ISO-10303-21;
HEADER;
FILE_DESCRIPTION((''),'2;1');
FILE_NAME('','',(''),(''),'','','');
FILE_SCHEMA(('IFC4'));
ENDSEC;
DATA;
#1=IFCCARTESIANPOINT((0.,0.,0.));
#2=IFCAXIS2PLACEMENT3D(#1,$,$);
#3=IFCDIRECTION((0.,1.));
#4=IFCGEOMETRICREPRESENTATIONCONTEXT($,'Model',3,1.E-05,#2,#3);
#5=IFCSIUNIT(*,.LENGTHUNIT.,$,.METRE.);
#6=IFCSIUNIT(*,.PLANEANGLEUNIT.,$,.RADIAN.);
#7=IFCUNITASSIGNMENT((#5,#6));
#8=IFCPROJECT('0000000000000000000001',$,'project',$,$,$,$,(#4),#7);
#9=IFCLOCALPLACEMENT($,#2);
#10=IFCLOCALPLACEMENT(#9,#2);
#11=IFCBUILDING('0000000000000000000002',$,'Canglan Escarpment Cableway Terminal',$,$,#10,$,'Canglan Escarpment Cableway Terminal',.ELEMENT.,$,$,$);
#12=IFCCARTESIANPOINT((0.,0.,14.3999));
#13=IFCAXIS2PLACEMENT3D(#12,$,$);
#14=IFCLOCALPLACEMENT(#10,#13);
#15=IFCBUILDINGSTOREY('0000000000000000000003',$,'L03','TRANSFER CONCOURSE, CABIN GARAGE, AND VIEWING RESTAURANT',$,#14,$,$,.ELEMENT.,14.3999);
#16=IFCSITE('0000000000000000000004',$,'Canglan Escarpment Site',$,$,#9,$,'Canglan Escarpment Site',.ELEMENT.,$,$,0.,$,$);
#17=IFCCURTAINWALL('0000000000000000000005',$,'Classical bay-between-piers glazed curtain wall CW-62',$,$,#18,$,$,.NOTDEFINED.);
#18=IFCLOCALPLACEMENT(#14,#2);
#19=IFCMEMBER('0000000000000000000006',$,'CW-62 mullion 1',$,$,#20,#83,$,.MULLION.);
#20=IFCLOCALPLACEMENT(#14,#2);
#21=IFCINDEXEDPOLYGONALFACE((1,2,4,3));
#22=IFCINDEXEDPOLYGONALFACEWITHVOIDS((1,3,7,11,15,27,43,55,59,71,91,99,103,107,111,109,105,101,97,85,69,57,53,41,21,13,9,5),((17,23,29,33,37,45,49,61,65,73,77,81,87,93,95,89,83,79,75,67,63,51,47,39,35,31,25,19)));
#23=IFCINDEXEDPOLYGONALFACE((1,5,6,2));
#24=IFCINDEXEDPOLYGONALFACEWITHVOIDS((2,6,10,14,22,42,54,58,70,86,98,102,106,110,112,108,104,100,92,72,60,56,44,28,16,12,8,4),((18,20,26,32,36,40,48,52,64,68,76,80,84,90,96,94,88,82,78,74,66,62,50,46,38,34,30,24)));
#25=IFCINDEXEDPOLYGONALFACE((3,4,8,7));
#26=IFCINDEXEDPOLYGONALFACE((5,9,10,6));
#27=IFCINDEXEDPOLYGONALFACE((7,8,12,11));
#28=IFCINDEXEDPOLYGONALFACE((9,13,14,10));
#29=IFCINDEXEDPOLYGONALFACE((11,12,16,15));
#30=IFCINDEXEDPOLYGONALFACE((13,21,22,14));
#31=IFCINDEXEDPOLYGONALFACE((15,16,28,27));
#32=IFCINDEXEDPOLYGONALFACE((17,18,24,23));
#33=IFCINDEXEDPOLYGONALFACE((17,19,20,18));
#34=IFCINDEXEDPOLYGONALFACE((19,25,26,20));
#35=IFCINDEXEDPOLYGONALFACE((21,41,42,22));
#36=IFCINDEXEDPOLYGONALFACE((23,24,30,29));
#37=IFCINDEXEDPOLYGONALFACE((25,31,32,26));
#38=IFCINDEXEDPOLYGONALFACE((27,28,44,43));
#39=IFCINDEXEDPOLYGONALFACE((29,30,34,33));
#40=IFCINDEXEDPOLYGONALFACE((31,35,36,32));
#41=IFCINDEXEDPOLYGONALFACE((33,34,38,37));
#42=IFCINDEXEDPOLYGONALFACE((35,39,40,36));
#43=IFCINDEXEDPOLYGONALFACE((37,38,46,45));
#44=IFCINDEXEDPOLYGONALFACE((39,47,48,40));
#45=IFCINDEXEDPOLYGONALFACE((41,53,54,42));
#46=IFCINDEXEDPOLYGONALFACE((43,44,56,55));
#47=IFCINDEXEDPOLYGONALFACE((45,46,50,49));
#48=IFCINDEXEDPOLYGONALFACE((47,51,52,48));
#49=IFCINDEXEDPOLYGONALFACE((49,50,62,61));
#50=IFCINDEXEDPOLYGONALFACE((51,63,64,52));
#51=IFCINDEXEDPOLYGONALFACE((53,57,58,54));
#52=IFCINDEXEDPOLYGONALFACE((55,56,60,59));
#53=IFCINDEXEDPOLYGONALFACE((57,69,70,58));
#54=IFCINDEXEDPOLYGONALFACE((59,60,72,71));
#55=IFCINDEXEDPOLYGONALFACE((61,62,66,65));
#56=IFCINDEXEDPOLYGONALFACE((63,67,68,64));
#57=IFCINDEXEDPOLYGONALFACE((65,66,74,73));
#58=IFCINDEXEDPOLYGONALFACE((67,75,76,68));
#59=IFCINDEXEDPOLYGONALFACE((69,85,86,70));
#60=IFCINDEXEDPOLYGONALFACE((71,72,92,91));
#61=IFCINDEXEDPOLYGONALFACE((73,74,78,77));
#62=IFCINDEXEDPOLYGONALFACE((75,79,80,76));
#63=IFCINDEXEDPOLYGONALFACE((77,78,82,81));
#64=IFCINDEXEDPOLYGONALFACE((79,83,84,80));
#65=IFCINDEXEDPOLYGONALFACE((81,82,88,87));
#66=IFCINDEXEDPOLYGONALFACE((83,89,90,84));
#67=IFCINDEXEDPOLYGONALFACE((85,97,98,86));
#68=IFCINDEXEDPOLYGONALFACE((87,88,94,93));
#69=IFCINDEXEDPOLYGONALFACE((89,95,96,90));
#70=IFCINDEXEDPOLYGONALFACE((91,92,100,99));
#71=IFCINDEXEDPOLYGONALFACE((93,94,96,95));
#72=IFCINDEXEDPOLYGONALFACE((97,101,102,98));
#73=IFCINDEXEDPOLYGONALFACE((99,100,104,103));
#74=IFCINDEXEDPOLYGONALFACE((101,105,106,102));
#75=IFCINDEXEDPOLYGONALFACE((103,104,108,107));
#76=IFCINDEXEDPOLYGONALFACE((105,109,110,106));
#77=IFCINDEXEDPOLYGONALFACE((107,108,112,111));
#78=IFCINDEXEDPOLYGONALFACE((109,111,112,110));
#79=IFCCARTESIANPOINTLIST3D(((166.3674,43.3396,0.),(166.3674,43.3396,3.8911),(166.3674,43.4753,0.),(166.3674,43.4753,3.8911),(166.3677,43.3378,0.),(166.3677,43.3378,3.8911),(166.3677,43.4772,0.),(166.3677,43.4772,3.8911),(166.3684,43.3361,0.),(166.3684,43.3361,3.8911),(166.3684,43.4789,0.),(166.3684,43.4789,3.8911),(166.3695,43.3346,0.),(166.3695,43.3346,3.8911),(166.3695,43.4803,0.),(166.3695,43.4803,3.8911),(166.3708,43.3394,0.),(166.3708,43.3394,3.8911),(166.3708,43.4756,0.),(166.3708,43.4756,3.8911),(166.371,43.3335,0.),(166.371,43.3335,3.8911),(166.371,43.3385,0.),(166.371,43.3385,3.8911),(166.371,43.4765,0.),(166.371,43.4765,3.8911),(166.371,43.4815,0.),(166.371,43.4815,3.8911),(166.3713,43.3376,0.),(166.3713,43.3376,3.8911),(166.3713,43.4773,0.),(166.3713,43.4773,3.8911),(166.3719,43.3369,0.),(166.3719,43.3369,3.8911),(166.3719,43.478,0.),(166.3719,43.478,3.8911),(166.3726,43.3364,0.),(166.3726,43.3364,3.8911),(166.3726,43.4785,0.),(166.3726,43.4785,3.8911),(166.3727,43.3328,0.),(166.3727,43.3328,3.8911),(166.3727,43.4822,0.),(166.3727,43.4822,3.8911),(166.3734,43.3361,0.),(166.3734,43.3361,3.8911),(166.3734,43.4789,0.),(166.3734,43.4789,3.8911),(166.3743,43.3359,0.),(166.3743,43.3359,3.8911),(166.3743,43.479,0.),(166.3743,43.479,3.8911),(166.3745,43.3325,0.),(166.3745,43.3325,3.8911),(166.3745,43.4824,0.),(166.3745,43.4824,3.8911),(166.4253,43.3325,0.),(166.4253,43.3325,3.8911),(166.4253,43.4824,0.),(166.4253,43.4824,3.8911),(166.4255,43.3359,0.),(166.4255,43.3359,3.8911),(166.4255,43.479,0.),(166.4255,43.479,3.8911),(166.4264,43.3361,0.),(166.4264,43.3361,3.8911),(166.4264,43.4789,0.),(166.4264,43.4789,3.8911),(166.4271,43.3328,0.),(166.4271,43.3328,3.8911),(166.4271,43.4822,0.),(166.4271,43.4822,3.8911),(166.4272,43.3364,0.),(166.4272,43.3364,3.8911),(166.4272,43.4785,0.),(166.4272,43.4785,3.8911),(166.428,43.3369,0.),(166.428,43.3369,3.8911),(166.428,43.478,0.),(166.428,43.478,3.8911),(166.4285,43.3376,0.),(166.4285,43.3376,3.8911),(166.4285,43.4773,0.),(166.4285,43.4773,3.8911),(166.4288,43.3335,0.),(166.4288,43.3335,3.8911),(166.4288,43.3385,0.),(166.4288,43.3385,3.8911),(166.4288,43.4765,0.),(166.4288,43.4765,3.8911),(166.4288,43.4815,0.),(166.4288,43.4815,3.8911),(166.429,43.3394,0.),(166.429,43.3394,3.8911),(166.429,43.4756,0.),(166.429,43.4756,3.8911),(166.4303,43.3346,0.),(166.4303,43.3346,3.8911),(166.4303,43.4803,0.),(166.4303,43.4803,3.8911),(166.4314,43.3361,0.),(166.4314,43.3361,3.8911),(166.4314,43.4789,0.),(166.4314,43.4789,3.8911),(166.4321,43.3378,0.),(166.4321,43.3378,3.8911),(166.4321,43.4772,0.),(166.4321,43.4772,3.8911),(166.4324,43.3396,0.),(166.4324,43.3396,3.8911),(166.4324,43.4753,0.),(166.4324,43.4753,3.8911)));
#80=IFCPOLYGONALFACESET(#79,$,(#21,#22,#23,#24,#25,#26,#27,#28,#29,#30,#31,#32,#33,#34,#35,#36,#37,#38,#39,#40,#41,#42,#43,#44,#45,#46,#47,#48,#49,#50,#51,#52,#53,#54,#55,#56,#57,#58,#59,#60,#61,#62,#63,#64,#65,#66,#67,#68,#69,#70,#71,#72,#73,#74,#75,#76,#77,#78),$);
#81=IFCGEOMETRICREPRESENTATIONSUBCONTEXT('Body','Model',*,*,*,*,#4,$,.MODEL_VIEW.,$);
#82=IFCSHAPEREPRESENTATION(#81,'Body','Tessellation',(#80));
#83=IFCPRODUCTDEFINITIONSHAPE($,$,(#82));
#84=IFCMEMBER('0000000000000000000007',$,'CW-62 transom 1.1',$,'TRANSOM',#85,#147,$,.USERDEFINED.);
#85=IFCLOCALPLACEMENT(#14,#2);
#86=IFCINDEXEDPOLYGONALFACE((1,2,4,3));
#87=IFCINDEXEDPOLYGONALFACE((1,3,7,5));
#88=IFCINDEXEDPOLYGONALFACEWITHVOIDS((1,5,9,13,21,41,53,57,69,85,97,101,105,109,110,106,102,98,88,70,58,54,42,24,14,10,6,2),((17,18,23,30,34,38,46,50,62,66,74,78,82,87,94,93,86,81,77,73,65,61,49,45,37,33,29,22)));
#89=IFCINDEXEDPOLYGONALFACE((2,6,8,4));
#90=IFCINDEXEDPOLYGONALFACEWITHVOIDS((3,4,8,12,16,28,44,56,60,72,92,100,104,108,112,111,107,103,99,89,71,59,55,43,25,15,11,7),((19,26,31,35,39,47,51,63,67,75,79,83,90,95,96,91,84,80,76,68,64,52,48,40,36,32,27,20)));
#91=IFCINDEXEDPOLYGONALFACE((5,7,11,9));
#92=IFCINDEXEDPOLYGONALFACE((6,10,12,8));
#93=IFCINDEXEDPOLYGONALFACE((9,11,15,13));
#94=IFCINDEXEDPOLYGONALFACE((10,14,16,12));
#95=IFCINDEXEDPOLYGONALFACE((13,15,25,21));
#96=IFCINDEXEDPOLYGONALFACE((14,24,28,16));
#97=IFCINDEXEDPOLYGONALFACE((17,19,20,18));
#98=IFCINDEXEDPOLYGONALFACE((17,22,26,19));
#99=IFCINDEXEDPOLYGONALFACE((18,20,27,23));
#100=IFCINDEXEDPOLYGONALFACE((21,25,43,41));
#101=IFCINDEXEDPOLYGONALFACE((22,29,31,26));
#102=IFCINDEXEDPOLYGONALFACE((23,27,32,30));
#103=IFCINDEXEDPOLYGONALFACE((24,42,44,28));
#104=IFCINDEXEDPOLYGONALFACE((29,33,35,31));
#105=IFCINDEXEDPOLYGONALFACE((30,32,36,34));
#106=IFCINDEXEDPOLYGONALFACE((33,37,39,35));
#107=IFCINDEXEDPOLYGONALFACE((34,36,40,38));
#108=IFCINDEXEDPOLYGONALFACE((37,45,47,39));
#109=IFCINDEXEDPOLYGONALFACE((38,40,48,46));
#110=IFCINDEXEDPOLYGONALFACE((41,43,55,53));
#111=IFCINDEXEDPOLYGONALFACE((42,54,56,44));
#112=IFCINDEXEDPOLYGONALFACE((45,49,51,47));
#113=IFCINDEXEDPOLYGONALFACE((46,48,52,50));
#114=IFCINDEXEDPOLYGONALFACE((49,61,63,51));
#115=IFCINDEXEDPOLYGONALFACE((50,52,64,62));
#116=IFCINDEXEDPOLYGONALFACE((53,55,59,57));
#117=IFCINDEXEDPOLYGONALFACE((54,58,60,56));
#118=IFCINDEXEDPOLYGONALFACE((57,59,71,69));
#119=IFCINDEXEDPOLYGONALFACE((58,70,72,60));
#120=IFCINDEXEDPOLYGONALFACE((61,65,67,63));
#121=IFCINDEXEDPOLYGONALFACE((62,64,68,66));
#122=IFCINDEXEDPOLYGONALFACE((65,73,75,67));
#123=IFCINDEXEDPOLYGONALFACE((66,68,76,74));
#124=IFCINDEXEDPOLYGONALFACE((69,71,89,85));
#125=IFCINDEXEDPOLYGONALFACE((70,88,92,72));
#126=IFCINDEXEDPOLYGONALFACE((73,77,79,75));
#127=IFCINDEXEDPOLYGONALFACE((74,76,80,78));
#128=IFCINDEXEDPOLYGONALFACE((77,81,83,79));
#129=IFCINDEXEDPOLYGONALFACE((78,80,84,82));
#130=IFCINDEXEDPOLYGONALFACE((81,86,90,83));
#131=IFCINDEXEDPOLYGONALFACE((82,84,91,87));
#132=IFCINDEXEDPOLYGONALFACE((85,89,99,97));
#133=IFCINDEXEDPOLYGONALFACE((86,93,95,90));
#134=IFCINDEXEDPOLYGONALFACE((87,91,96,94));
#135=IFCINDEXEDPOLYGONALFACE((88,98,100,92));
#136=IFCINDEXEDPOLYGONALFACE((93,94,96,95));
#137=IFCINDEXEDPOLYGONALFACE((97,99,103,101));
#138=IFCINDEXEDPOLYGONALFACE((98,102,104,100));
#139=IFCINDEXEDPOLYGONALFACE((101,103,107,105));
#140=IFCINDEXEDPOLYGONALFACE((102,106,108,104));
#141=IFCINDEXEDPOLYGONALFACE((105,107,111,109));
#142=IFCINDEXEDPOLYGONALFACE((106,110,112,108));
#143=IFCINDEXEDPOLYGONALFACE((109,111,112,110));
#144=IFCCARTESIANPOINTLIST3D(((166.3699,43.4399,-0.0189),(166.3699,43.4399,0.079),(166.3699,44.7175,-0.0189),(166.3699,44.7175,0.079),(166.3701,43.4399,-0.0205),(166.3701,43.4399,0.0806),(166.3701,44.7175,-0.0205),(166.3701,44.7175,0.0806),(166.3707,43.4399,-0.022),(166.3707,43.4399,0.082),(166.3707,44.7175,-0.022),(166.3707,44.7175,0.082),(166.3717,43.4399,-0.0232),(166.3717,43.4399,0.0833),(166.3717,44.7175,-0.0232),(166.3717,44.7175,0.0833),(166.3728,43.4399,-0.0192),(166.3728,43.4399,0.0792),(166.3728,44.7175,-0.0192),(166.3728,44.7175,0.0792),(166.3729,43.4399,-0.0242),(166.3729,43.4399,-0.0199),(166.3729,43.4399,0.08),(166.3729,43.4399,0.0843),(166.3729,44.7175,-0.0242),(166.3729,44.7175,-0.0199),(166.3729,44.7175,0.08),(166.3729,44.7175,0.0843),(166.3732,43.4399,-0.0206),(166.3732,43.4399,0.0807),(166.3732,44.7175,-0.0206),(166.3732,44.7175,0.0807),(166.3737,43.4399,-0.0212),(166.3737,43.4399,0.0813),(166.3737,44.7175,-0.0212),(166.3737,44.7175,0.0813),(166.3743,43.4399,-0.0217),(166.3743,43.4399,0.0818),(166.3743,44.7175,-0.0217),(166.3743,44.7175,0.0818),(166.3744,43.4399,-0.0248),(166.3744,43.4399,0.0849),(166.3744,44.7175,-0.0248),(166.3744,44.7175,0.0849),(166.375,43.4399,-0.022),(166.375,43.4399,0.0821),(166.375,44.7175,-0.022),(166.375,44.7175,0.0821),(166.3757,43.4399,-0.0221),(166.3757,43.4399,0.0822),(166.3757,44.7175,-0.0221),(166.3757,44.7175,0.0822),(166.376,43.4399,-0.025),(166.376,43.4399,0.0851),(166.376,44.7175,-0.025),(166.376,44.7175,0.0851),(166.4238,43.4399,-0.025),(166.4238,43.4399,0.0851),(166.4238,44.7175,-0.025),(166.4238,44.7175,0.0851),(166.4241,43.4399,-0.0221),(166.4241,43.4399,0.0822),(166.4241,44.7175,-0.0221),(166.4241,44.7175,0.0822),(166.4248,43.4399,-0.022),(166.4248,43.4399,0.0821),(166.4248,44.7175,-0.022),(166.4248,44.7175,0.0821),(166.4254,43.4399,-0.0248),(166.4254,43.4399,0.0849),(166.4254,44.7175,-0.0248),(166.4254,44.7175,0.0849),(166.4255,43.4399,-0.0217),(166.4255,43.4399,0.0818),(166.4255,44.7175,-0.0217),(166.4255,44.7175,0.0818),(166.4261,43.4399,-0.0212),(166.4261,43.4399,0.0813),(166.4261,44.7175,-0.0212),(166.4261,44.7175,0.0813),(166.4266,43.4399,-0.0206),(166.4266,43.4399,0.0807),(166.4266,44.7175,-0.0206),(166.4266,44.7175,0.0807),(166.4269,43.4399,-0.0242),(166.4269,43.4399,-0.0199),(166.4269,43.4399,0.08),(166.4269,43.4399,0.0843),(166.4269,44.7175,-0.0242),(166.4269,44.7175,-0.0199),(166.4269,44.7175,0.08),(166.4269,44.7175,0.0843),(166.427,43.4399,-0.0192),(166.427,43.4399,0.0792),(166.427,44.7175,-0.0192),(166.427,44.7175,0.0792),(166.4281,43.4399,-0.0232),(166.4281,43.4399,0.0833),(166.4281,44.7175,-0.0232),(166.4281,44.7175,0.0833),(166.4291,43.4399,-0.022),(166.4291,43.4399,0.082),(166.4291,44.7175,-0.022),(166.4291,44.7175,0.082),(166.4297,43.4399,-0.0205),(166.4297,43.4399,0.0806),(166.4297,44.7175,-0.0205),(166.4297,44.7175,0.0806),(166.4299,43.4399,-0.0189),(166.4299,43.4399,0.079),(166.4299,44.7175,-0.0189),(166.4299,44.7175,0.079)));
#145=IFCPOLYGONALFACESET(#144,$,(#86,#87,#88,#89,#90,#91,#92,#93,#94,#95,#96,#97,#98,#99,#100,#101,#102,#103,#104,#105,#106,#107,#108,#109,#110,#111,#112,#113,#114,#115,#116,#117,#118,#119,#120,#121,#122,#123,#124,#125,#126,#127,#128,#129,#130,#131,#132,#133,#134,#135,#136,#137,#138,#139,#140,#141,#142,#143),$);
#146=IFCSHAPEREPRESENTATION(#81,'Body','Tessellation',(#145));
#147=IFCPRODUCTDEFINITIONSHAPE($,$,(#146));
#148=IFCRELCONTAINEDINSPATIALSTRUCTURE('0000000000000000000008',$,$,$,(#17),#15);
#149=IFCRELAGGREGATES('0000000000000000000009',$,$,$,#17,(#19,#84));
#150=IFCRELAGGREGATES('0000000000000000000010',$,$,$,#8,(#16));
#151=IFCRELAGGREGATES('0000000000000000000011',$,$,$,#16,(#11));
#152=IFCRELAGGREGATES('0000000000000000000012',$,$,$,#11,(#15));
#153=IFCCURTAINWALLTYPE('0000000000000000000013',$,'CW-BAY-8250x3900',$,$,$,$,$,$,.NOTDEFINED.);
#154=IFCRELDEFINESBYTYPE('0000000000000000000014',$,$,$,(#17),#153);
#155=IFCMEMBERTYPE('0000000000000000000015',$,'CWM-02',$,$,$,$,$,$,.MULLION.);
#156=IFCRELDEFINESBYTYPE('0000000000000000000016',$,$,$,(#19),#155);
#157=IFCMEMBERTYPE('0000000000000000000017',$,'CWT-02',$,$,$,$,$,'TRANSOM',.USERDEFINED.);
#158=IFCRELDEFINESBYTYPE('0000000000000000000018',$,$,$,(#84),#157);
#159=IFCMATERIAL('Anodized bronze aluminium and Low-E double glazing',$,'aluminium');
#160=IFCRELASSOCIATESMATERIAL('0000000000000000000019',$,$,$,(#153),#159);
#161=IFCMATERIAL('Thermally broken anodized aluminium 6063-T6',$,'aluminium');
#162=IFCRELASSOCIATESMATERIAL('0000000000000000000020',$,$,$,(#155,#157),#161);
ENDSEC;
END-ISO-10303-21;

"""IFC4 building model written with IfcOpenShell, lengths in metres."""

from ifc_helpers import new_model, si_unit, direction, frame, origin, origin_2d, place, context, subcontext, project, spatial, hollow_rectangle, extrude, material, material_profile, profile_set, type_object, element, aggregate, save


model = new_model("IFC4")

# Units and contexts
model_context = context("Model", 3, precision=1e-05, world=origin(), true_north=direction((0.0, 1.0)))
body_context = subcontext(model_context, "Body", "Model", "MODEL_VIEW")
ifc_project = project(units=[si_unit("LENGTHUNIT", "METRE"), si_unit("PLANEANGLEUNIT", "RADIAN")], contexts=[model_context])

# Site, building, storey
site_placement = place(None, origin())
site = spatial("IfcSite", under=ifc_project, at=site_placement, Name="Canglan Escarpment Site", LongName="Canglan Escarpment Site", CompositionType="ELEMENT", RefElevation=0.0)
building_placement = place(site_placement, origin())
building = spatial("IfcBuilding", under=site, at=building_placement, Name="Canglan Escarpment Cableway Terminal", LongName="Canglan Escarpment Cableway Terminal", CompositionType="ELEMENT")
storey_placement = place(building_placement, frame((0.0, 0.0, 14.3999)))
storey = spatial("IfcBuildingStorey", under=building, at=storey_placement, Name="L03", Description="TRANSFER CONCOURSE, CABIN GARAGE, AND VIEWING RESTAURANT", CompositionType="ELEMENT", Elevation=14.3999)

# Shared definitions
ifc_material_1 = material(Name="Anodized bronze aluminium and Low-E double glazing", Category="aluminium")
curtain_wall_type = type_object("IfcCurtainWallType", Name="CW-BAY-8250x3900", PredefinedType="NOTDEFINED", material=ifc_material_1)
ifc_material_2 = material(Name="Thermally broken anodized aluminium 6063-T6", Category="aluminium")

# Curtain wall, members
curtain_wall_1_placement = place(storey_placement, origin())
curtain_wall_1 = element("IfcCurtainWall", 1, at=curtain_wall_1_placement, inside=storey, type_object=curtain_wall_type, Name="Classical bay-between-piers glazed curtain wall CW-62", PredefinedType="NOTDEFINED")
ifc_material_profile_1 = material_profile(ifc_material_2, hollow_rectangle(XDim=0.0649, YDim=0.1499, WallThickness=0.0034, InnerFilletRadius=0.0034, OuterFilletRadius=0.0071, at=origin_2d()), Name="ALU-MULL 65x150x3.5")
ifc_profile_set_1 = profile_set([ifc_material_profile_1], Name="Thermally broken anodized aluminium 6063-T6")
member_type_1 = type_object("IfcMemberType", Name="CWM-02", PredefinedType="MULLION", material=ifc_profile_set_1)
member_1_placement = place(storey_placement, frame((166.3999, 43.4075, 0.0), z_axis=(0.0, 0.0, 1.0), x_axis=(-1.0, 0.0, 0.0)))
member_1 = element("IfcMember", 2, at=member_1_placement, type_object=member_type_1, Name="CW-62 mullion 1", PredefinedType="MULLION", context=body_context, shape_type="SweptSolid", body=[
    extrude(hollow_rectangle(XDim=0.0649, YDim=0.1499, WallThickness=0.0034, InnerFilletRadius=0.0034, OuterFilletRadius=0.0071, at=origin_2d()), origin(), (0.0, 0.0, 1.0), 3.8911),
])
ifc_material_profile_2 = material_profile(ifc_material_2, hollow_rectangle(XDim=0.0601, YDim=0.1101, WallThickness=0.0029, InnerFilletRadius=0.0029, OuterFilletRadius=0.0061, at=origin_2d()), Name="ALU-TRAN 60x110x3")
ifc_profile_set_2 = profile_set([ifc_material_profile_2], Name="Thermally broken anodized aluminium 6063-T6")
member_type_2 = type_object("IfcMemberType", Name="CWT-02", ElementType="TRANSOM", PredefinedType="USERDEFINED", material=ifc_profile_set_2)
member_2_placement = place(storey_placement, frame((166.3999, 43.4399, 0.03), z_axis=(0.0, 1.0, 0.0), x_axis=(-1.0, 0.0, 0.0)))
member_2 = element("IfcMember", 3, at=member_2_placement, type_object=member_type_2, Name="CW-62 transom 1.1", ObjectType="TRANSOM", PredefinedType="USERDEFINED", context=body_context, shape_type="SweptSolid", body=[
    extrude(hollow_rectangle(XDim=0.0601, YDim=0.1101, WallThickness=0.0029, InnerFilletRadius=0.0029, OuterFilletRadius=0.0061, at=origin_2d()), origin(), (0.0, 0.0, 1.0), 1.2776),
])

aggregate(curtain_wall_1, [member_1, member_2])

save(model, "model.ifc")
